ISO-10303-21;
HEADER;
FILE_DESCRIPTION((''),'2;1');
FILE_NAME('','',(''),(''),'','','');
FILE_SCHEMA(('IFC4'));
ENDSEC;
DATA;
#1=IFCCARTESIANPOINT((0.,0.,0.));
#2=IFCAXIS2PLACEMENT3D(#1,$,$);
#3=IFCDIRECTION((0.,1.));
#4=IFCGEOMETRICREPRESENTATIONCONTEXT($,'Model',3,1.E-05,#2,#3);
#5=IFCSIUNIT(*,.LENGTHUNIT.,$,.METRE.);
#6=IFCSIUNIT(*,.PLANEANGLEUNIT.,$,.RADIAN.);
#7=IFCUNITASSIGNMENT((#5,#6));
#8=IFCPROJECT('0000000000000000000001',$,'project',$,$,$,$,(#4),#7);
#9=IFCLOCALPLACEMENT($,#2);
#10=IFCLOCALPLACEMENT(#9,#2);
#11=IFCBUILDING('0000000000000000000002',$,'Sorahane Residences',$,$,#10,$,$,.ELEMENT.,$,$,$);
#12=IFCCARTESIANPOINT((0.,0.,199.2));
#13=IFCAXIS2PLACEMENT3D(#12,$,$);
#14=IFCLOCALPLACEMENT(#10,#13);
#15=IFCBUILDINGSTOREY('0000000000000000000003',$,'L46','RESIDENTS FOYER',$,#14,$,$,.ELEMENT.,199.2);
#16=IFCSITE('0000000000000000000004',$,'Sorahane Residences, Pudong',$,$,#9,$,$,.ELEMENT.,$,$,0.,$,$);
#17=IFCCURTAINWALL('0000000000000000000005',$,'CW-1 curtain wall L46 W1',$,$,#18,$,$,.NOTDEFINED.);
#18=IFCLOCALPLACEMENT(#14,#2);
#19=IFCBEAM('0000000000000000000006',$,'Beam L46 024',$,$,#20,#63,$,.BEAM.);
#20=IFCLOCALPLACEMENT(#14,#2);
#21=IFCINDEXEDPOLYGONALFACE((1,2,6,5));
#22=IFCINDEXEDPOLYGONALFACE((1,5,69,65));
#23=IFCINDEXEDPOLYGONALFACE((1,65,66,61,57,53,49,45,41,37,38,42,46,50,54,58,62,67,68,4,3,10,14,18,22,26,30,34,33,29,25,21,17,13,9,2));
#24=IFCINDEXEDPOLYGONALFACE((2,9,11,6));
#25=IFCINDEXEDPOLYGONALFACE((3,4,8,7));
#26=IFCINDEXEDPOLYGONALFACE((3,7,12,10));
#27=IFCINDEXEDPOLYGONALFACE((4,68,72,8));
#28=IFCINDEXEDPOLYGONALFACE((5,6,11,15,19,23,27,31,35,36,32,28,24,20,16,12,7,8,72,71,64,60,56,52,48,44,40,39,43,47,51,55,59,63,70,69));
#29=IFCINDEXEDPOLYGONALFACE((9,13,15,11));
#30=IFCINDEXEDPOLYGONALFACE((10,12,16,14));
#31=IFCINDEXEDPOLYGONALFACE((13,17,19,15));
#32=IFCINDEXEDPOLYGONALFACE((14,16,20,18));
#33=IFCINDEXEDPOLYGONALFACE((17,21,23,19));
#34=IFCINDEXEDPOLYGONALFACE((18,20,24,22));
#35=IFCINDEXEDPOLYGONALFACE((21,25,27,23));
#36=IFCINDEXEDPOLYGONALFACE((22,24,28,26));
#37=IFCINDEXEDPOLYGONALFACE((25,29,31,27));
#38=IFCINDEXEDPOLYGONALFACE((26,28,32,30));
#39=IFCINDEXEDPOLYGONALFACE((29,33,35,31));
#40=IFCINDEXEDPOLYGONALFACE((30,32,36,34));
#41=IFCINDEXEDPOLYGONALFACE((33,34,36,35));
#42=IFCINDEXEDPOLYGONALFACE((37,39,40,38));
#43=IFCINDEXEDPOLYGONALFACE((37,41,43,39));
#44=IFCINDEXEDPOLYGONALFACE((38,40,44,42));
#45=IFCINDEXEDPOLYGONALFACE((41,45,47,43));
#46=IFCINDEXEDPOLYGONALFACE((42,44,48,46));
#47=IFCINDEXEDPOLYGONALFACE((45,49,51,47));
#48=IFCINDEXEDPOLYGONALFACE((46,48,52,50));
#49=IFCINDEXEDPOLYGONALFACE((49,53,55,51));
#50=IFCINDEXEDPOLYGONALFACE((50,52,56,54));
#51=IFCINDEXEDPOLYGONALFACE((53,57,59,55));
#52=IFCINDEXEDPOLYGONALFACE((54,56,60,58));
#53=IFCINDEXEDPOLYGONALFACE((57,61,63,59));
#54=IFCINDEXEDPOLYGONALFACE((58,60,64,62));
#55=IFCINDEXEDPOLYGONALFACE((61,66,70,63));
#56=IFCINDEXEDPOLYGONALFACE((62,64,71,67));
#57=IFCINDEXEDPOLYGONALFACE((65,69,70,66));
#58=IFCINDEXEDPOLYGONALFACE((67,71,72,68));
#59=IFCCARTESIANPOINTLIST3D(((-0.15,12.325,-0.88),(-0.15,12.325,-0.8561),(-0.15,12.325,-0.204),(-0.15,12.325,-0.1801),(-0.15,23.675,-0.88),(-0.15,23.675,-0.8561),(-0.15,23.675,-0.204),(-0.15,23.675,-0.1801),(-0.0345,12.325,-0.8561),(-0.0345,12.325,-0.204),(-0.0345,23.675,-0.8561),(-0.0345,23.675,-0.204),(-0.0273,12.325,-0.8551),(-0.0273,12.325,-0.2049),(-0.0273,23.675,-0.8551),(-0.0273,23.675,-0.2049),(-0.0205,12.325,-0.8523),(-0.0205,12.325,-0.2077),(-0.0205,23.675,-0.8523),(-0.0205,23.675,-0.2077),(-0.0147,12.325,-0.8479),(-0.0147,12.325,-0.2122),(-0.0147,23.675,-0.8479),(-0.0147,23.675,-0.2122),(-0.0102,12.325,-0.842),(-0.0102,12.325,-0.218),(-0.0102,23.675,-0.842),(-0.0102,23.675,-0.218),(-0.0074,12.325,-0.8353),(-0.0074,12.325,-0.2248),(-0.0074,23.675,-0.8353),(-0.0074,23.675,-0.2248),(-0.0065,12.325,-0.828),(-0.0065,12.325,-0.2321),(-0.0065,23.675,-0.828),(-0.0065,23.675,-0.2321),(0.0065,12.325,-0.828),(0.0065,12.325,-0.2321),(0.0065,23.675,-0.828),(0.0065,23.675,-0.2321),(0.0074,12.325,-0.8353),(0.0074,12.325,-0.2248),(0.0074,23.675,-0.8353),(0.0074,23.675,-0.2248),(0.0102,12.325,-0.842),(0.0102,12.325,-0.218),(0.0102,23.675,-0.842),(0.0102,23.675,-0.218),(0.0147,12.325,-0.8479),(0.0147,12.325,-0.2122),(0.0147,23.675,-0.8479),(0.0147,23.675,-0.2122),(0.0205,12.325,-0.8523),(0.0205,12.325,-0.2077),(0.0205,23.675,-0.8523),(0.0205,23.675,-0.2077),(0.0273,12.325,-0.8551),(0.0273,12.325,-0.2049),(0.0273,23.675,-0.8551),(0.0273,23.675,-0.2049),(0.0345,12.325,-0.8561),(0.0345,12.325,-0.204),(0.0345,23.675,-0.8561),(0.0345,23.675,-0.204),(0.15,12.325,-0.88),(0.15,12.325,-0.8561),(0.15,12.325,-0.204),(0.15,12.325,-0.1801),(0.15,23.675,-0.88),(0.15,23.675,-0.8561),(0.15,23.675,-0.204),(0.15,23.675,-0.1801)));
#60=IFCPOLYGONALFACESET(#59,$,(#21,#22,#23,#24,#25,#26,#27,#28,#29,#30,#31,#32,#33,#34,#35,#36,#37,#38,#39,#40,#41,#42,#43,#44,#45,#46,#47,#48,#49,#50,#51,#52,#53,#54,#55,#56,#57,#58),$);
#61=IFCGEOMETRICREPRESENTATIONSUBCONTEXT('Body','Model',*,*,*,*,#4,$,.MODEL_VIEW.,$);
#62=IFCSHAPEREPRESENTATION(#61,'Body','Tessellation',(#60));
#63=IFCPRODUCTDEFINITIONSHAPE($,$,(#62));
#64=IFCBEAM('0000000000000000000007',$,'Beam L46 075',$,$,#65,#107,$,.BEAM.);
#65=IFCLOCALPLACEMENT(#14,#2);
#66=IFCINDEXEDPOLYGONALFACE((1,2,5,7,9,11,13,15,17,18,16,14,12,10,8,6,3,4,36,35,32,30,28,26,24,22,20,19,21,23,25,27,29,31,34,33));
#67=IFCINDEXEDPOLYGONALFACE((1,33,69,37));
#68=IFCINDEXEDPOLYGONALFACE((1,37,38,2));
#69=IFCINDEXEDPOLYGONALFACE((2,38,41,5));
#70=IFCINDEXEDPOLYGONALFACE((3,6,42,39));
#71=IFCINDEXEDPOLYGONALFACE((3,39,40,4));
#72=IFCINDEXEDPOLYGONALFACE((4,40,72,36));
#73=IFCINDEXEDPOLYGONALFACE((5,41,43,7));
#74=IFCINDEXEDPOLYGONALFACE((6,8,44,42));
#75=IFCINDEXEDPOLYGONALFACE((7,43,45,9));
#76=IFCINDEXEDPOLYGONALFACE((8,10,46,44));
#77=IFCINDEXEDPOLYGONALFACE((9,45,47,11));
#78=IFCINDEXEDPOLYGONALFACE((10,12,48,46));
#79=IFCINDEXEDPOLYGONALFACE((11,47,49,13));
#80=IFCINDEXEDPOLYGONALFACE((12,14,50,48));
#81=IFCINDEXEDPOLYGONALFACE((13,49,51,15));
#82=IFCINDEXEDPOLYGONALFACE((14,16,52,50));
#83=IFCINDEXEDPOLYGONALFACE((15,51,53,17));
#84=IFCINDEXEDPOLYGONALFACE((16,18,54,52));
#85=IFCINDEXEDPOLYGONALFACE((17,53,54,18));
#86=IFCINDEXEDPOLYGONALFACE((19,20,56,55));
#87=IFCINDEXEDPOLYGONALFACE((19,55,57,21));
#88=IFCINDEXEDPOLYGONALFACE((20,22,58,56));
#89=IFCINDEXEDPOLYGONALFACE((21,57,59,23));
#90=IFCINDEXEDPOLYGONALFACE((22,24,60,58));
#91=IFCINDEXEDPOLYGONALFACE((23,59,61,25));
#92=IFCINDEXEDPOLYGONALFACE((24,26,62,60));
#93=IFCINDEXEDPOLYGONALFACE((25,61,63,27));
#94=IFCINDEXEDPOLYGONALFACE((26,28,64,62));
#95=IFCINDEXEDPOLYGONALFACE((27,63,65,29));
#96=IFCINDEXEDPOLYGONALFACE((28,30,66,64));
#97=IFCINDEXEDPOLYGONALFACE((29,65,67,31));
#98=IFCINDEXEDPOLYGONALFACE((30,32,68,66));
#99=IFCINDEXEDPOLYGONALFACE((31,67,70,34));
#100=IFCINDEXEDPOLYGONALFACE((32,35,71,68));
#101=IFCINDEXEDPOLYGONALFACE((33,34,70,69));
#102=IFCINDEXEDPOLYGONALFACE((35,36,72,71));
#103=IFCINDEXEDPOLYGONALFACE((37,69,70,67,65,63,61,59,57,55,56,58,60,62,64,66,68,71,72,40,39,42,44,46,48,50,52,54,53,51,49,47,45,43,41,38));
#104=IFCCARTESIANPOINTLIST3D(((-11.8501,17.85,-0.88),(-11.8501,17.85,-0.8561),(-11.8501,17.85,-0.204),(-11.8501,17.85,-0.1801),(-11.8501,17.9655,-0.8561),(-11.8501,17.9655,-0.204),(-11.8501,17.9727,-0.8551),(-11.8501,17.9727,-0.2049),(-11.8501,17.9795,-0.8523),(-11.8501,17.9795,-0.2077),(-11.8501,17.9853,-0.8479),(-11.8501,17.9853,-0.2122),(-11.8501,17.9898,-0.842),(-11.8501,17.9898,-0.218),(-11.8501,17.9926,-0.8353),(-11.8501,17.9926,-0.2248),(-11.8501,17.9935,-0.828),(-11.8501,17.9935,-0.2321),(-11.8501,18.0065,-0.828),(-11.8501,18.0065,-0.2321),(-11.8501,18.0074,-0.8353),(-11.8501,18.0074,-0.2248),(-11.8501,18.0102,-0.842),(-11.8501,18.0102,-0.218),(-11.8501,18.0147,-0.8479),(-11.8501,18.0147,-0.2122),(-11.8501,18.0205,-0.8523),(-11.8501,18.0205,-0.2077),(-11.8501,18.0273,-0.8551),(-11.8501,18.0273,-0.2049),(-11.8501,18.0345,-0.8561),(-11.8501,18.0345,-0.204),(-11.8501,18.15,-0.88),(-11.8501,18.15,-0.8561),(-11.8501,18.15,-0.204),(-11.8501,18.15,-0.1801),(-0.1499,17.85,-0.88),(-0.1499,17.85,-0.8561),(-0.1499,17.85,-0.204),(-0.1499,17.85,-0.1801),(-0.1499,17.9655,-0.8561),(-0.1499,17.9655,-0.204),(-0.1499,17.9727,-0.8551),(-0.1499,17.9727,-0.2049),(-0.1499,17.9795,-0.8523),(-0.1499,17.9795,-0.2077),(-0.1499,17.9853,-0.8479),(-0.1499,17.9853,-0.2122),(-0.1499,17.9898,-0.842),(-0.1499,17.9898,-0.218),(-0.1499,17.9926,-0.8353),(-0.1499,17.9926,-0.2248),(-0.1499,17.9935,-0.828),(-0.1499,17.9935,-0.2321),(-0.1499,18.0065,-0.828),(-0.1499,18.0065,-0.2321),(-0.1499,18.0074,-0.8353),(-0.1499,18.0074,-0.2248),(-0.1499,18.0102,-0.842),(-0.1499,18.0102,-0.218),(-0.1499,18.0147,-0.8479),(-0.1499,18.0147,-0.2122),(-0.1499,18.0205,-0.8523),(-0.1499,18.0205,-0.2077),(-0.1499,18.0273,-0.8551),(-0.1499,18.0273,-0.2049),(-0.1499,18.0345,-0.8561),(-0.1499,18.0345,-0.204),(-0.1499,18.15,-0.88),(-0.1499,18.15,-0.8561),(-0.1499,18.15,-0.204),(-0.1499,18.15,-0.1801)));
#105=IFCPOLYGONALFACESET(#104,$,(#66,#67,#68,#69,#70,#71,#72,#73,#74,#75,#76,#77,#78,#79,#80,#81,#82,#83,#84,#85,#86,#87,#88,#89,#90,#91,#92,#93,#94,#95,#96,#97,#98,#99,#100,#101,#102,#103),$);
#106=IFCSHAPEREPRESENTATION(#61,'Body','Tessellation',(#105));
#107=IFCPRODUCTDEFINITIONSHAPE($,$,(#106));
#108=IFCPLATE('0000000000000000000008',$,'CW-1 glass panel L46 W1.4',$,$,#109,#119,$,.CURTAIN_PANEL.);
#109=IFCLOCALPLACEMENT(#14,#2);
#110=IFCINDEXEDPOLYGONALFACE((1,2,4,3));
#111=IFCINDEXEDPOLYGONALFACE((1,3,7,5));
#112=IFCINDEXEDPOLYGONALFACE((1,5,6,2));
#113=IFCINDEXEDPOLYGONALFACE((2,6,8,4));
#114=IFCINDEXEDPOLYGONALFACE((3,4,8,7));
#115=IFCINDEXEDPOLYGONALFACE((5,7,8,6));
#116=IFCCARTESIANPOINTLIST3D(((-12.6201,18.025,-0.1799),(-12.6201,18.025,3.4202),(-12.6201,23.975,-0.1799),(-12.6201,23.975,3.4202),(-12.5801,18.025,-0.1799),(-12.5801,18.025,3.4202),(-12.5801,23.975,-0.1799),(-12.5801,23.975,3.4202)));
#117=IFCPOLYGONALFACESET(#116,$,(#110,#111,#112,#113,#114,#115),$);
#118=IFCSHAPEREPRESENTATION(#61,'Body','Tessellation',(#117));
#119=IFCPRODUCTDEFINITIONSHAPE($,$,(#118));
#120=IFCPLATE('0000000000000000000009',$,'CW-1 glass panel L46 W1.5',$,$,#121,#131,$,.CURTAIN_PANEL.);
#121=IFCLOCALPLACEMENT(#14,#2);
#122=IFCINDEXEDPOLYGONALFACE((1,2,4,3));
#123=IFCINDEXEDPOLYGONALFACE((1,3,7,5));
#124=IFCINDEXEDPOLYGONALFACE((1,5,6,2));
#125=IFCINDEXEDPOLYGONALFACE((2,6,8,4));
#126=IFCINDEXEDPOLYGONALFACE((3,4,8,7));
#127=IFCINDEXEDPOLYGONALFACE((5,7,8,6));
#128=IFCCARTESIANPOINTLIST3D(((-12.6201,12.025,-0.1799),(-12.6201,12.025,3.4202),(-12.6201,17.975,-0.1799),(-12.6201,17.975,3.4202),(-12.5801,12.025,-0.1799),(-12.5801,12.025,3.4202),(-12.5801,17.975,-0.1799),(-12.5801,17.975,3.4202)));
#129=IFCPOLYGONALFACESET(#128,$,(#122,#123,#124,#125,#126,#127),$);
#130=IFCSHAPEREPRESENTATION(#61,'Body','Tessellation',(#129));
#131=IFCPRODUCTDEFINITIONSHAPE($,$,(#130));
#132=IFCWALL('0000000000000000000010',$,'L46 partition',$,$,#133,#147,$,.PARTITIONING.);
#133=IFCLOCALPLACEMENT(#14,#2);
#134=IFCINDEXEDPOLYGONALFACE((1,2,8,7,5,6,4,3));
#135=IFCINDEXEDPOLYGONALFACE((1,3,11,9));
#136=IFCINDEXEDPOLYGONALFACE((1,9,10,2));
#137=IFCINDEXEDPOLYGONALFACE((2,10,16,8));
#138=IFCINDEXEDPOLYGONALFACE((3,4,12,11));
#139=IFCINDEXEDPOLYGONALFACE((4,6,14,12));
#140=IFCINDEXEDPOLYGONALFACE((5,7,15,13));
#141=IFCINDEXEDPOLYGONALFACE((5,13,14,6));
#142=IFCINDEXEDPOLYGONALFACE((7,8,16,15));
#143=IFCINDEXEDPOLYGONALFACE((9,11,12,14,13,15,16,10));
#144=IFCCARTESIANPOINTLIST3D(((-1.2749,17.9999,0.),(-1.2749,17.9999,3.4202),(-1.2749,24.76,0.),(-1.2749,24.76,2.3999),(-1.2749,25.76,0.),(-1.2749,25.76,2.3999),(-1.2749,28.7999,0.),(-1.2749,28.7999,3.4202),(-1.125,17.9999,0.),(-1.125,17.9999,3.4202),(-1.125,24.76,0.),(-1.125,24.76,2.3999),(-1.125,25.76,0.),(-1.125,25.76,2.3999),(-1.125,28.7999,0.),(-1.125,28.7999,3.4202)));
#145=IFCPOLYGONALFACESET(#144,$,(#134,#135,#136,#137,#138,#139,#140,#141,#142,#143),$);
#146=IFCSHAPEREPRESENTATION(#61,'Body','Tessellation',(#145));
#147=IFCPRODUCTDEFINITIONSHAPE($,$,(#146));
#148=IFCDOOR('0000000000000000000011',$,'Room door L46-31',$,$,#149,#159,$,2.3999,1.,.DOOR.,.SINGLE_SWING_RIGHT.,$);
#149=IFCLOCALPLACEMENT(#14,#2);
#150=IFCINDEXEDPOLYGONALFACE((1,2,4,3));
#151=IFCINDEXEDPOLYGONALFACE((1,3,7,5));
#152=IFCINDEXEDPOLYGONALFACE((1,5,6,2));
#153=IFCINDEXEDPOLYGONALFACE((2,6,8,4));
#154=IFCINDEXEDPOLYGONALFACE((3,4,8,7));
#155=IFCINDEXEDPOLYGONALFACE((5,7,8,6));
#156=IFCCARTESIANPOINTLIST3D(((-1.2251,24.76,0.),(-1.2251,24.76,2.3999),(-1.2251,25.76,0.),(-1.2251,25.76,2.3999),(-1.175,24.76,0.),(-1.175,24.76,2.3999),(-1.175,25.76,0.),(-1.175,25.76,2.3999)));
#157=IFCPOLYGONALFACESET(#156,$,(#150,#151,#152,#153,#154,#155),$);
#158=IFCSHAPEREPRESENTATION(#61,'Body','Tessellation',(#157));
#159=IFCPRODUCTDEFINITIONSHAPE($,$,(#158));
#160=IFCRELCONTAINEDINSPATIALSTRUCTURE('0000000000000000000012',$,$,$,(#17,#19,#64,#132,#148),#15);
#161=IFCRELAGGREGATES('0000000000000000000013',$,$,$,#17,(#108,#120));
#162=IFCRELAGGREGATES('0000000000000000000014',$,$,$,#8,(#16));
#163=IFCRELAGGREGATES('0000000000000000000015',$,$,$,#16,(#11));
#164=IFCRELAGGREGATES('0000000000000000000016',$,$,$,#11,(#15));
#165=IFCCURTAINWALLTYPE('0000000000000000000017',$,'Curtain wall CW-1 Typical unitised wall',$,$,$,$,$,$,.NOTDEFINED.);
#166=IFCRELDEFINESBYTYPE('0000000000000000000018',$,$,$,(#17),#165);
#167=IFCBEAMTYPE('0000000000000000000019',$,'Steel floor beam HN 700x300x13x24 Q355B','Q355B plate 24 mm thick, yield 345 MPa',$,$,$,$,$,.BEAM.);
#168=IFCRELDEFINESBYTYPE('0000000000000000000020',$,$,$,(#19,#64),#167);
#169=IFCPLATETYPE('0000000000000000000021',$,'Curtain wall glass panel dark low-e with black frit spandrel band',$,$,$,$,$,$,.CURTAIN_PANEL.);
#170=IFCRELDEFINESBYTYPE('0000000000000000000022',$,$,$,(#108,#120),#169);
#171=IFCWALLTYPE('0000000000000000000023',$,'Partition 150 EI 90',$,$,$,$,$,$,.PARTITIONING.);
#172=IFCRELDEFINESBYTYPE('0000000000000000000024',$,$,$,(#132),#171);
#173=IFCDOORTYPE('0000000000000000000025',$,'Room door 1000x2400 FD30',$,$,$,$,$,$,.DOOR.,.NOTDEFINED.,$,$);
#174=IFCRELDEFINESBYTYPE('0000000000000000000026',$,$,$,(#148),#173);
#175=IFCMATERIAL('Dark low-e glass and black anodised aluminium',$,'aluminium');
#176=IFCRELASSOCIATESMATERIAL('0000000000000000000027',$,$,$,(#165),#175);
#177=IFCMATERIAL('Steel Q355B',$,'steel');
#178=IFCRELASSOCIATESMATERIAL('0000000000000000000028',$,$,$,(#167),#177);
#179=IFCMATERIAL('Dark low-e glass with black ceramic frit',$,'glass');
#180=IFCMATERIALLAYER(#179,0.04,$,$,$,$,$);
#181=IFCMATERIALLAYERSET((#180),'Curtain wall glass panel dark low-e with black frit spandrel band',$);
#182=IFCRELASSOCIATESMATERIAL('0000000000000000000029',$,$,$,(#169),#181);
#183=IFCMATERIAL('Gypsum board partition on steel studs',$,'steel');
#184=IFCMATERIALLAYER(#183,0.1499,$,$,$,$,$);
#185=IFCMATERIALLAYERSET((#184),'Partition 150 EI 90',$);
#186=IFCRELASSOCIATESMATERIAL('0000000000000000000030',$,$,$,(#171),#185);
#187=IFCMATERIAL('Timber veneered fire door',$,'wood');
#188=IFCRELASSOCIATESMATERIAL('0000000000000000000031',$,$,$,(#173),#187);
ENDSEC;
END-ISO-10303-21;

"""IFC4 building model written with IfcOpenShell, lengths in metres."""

from ifc_helpers import new_model, si_unit, direction, frame, frame_2d, origin, origin_2d, place, context, subcontext, project, spatial, rectangle, i_section, extrude, material, layer, layer_set, material_profile, profile_set, type_object, element, fill, aggregate, save


model = new_model("IFC4")

# Units and contexts
model_context = context("Model", 3, precision=1e-05, world=origin(), true_north=direction((0.0, 1.0)))
body_context = subcontext(model_context, "Body", "Model", "MODEL_VIEW")
ifc_project = project(units=[si_unit("LENGTHUNIT", "METRE"), si_unit("PLANEANGLEUNIT", "RADIAN")], contexts=[model_context])

# Site, building, storey
site_placement = place(None, origin())
site = spatial("IfcSite", under=ifc_project, at=site_placement, Name="Sorahane Residences, Pudong", CompositionType="ELEMENT", RefElevation=0.0)
building_placement = place(site_placement, origin())
building = spatial("IfcBuilding", under=site, at=building_placement, Name="Sorahane Residences", CompositionType="ELEMENT")
storey_placement = place(building_placement, frame((0.0, 0.0, 199.2)))
storey = spatial("IfcBuildingStorey", under=building, at=storey_placement, Name="L46", Description="RESIDENTS FOYER", CompositionType="ELEMENT", Elevation=199.2)

# Curtain wall
ifc_material_1 = material(Name="Dark low-e glass and black anodised aluminium", Category="aluminium")
curtain_wall_type = type_object("IfcCurtainWallType", Name="Curtain wall CW-1 Typical unitised wall", PredefinedType="NOTDEFINED", material=ifc_material_1)
curtain_wall_placement = place(storey_placement, origin())
curtain_wall = element("IfcCurtainWall", 1, at=curtain_wall_placement, inside=storey, type_object=curtain_wall_type, Name="CW-1 curtain wall L46 W1", PredefinedType="NOTDEFINED")

# Beams
ifc_material_2 = material(Name="Steel Q355B", Category="steel")
ifc_material_profile_1 = material_profile(ifc_material_2, i_section(OverallWidth=0.3, OverallDepth=0.7, WebThickness=0.0129, FlangeThickness=0.0239, FilletRadius=0.0281, at=origin_2d()), Name="HN 700x300x13x24")
ifc_profile_set_1 = profile_set([ifc_material_profile_1], Name="Steel Q355B")
beam_type = type_object("IfcBeamType", Name="Steel floor beam HN 700x300x13x24 Q355B", Description="Q355B plate 24 mm thick, yield 345 MPa", PredefinedType="BEAM", material=ifc_profile_set_1)
beam_1_placement = place(storey_placement, frame((0.0, 12.325, -0.53), z_axis=(0.0, 1.0, 0.0), x_axis=(-1.0, 0.0, 0.0)))
element("IfcBeam", 2, at=beam_1_placement, inside=storey, type_object=beam_type, Name="Beam L46 024", PredefinedType="BEAM", context=body_context, shape_type="SweptSolid", body=[
    extrude(i_section(OverallWidth=0.3, OverallDepth=0.7, WebThickness=0.0129, FlangeThickness=0.0239, FilletRadius=0.0281, at=origin_2d()), origin(), (0.0, 0.0, 1.0), 11.3501),
])
beam_2_placement = place(storey_placement, frame((-11.8501, 18.0, -0.53), z_axis=(1.0, 0.0, 0.0), x_axis=(0.0, 1.0, 0.0)))
element("IfcBeam", 3, at=beam_2_placement, inside=storey, type_object=beam_type, Name="Beam L46 075", PredefinedType="BEAM", context=body_context, shape_type="SweptSolid", body=[
    extrude(i_section(OverallWidth=0.3, OverallDepth=0.7, WebThickness=0.0129, FlangeThickness=0.0239, FilletRadius=0.0281, at=origin_2d()), origin(), (0.0, 0.0, 1.0), 11.7002),
])

# Plates
ifc_material_3 = material(Name="Dark low-e glass with black ceramic frit", Category="glass")
ifc_layer_1 = layer(ifc_material_3, 0.04)
ifc_layer_set_1 = layer_set([ifc_layer_1], Name="Curtain wall glass panel dark low-e with black frit spandrel band")
plate_type = type_object("IfcPlateType", Name="Curtain wall glass panel dark low-e with black frit spandrel band", PredefinedType="CURTAIN_PANEL", material=ifc_layer_set_1)
plate_1_placement = place(storey_placement, frame((-12.6001, 21.0, -0.1799), z_axis=(0.0, 0.0, 1.0), x_axis=(0.0, -1.0, 0.0)))
plate_1 = element("IfcPlate", 4, at=plate_1_placement, type_object=plate_type, Name="CW-1 glass panel L46 W1.4", PredefinedType="CURTAIN_PANEL", context=body_context, shape_type="SweptSolid", body=[
    extrude(rectangle(XDim=5.95, YDim=0.04, at=origin_2d()), origin(), (0.0, 0.0, 1.0), 3.6001),
])
plate_2_placement = place(storey_placement, frame((-12.6001, 15.0, -0.1799), z_axis=(0.0, 0.0, 1.0), x_axis=(0.0, -1.0, 0.0)))
plate_2 = element("IfcPlate", 5, at=plate_2_placement, type_object=plate_type, Name="CW-1 glass panel L46 W1.5", PredefinedType="CURTAIN_PANEL", context=body_context, shape_type="SweptSolid", body=[
    extrude(rectangle(XDim=5.95, YDim=0.04, at=origin_2d()), origin(), (0.0, 0.0, 1.0), 3.6001),
])
aggregate(curtain_wall, [plate_1, plate_2])

# Wall, opening, door
ifc_material_4 = material(Name="Gypsum board partition on steel studs", Category="steel")
ifc_layer_2 = layer(ifc_material_4, 0.1499)
ifc_layer_set_2 = layer_set([ifc_layer_2], Name="Partition 150 EI 90")
wall_type_1 = type_object("IfcWallType", Name="Partition 150 EI 90", PredefinedType="PARTITIONING", material=ifc_layer_set_2)
wall_1_placement = place(storey_placement, frame((-1.2, 18.0, 0.0), z_axis=(0.0, 0.0, 1.0), x_axis=(0.0, 1.0, 0.0)))
wall_1 = element("IfcWall", 6, at=wall_1_placement, inside=storey, type_object=wall_type_1, Name="L46 partition", PredefinedType="PARTITIONING", context=body_context, shape_type="SweptSolid", body=[
    extrude(rectangle(XDim=10.8, YDim=0.1499, at=frame_2d((5.3999, 0.0))), origin(), (0.0, 0.0, 1.0), 3.4202),
])
opening_1_placement = place(wall_1_placement, frame((6.76, 0.0, 0.0)))
opening_1 = element("IfcOpeningElement", 7, at=opening_1_placement, cuts=wall_1, PredefinedType="OPENING", context=body_context, shape_type="SweptSolid", body=[
    extrude(rectangle(XDim=1.0, YDim=2.3999, at=frame_2d((0.5, 1.2))), frame((0.0, 0.085, 0.0), z_axis=(0.0, -1.0, 0.0), x_axis=(1.0, 0.0, 0.0)), (0.0, 0.0, 1.0), 0.1699),
])
ifc_material_5 = material(Name="Timber veneered fire door", Category="wood")
door_type_1 = type_object("IfcDoorType", Name="Room door 1000x2400 FD30", OperationType="NOTDEFINED", PredefinedType="DOOR", material=ifc_material_5)
door_1_placement = place(opening_1_placement, frame((1.0, 0.0, 0.0), z_axis=(0.0, 0.0, 1.0), x_axis=(-1.0, 0.0, 0.0)))
door_1 = element("IfcDoor", 8, at=door_1_placement, inside=storey, type_object=door_type_1, Name="Room door L46-31", OperationType="SINGLE_SWING_RIGHT", OverallHeight=2.3999, OverallWidth=1.0, PredefinedType="DOOR", context=body_context, shape_type="SweptSolid", body=[
    extrude(rectangle(XDim=1.0, YDim=2.3999, at=frame_2d((0.5, 1.2))), frame((0.0, 0.0249, 0.0), z_axis=(0.0, -1.0, 0.0), x_axis=(1.0, 0.0, 0.0)), (0.0, 0.0, 1.0), 0.05),
])
fill(opening_1, door_1)

save(model, "model.ifc")
